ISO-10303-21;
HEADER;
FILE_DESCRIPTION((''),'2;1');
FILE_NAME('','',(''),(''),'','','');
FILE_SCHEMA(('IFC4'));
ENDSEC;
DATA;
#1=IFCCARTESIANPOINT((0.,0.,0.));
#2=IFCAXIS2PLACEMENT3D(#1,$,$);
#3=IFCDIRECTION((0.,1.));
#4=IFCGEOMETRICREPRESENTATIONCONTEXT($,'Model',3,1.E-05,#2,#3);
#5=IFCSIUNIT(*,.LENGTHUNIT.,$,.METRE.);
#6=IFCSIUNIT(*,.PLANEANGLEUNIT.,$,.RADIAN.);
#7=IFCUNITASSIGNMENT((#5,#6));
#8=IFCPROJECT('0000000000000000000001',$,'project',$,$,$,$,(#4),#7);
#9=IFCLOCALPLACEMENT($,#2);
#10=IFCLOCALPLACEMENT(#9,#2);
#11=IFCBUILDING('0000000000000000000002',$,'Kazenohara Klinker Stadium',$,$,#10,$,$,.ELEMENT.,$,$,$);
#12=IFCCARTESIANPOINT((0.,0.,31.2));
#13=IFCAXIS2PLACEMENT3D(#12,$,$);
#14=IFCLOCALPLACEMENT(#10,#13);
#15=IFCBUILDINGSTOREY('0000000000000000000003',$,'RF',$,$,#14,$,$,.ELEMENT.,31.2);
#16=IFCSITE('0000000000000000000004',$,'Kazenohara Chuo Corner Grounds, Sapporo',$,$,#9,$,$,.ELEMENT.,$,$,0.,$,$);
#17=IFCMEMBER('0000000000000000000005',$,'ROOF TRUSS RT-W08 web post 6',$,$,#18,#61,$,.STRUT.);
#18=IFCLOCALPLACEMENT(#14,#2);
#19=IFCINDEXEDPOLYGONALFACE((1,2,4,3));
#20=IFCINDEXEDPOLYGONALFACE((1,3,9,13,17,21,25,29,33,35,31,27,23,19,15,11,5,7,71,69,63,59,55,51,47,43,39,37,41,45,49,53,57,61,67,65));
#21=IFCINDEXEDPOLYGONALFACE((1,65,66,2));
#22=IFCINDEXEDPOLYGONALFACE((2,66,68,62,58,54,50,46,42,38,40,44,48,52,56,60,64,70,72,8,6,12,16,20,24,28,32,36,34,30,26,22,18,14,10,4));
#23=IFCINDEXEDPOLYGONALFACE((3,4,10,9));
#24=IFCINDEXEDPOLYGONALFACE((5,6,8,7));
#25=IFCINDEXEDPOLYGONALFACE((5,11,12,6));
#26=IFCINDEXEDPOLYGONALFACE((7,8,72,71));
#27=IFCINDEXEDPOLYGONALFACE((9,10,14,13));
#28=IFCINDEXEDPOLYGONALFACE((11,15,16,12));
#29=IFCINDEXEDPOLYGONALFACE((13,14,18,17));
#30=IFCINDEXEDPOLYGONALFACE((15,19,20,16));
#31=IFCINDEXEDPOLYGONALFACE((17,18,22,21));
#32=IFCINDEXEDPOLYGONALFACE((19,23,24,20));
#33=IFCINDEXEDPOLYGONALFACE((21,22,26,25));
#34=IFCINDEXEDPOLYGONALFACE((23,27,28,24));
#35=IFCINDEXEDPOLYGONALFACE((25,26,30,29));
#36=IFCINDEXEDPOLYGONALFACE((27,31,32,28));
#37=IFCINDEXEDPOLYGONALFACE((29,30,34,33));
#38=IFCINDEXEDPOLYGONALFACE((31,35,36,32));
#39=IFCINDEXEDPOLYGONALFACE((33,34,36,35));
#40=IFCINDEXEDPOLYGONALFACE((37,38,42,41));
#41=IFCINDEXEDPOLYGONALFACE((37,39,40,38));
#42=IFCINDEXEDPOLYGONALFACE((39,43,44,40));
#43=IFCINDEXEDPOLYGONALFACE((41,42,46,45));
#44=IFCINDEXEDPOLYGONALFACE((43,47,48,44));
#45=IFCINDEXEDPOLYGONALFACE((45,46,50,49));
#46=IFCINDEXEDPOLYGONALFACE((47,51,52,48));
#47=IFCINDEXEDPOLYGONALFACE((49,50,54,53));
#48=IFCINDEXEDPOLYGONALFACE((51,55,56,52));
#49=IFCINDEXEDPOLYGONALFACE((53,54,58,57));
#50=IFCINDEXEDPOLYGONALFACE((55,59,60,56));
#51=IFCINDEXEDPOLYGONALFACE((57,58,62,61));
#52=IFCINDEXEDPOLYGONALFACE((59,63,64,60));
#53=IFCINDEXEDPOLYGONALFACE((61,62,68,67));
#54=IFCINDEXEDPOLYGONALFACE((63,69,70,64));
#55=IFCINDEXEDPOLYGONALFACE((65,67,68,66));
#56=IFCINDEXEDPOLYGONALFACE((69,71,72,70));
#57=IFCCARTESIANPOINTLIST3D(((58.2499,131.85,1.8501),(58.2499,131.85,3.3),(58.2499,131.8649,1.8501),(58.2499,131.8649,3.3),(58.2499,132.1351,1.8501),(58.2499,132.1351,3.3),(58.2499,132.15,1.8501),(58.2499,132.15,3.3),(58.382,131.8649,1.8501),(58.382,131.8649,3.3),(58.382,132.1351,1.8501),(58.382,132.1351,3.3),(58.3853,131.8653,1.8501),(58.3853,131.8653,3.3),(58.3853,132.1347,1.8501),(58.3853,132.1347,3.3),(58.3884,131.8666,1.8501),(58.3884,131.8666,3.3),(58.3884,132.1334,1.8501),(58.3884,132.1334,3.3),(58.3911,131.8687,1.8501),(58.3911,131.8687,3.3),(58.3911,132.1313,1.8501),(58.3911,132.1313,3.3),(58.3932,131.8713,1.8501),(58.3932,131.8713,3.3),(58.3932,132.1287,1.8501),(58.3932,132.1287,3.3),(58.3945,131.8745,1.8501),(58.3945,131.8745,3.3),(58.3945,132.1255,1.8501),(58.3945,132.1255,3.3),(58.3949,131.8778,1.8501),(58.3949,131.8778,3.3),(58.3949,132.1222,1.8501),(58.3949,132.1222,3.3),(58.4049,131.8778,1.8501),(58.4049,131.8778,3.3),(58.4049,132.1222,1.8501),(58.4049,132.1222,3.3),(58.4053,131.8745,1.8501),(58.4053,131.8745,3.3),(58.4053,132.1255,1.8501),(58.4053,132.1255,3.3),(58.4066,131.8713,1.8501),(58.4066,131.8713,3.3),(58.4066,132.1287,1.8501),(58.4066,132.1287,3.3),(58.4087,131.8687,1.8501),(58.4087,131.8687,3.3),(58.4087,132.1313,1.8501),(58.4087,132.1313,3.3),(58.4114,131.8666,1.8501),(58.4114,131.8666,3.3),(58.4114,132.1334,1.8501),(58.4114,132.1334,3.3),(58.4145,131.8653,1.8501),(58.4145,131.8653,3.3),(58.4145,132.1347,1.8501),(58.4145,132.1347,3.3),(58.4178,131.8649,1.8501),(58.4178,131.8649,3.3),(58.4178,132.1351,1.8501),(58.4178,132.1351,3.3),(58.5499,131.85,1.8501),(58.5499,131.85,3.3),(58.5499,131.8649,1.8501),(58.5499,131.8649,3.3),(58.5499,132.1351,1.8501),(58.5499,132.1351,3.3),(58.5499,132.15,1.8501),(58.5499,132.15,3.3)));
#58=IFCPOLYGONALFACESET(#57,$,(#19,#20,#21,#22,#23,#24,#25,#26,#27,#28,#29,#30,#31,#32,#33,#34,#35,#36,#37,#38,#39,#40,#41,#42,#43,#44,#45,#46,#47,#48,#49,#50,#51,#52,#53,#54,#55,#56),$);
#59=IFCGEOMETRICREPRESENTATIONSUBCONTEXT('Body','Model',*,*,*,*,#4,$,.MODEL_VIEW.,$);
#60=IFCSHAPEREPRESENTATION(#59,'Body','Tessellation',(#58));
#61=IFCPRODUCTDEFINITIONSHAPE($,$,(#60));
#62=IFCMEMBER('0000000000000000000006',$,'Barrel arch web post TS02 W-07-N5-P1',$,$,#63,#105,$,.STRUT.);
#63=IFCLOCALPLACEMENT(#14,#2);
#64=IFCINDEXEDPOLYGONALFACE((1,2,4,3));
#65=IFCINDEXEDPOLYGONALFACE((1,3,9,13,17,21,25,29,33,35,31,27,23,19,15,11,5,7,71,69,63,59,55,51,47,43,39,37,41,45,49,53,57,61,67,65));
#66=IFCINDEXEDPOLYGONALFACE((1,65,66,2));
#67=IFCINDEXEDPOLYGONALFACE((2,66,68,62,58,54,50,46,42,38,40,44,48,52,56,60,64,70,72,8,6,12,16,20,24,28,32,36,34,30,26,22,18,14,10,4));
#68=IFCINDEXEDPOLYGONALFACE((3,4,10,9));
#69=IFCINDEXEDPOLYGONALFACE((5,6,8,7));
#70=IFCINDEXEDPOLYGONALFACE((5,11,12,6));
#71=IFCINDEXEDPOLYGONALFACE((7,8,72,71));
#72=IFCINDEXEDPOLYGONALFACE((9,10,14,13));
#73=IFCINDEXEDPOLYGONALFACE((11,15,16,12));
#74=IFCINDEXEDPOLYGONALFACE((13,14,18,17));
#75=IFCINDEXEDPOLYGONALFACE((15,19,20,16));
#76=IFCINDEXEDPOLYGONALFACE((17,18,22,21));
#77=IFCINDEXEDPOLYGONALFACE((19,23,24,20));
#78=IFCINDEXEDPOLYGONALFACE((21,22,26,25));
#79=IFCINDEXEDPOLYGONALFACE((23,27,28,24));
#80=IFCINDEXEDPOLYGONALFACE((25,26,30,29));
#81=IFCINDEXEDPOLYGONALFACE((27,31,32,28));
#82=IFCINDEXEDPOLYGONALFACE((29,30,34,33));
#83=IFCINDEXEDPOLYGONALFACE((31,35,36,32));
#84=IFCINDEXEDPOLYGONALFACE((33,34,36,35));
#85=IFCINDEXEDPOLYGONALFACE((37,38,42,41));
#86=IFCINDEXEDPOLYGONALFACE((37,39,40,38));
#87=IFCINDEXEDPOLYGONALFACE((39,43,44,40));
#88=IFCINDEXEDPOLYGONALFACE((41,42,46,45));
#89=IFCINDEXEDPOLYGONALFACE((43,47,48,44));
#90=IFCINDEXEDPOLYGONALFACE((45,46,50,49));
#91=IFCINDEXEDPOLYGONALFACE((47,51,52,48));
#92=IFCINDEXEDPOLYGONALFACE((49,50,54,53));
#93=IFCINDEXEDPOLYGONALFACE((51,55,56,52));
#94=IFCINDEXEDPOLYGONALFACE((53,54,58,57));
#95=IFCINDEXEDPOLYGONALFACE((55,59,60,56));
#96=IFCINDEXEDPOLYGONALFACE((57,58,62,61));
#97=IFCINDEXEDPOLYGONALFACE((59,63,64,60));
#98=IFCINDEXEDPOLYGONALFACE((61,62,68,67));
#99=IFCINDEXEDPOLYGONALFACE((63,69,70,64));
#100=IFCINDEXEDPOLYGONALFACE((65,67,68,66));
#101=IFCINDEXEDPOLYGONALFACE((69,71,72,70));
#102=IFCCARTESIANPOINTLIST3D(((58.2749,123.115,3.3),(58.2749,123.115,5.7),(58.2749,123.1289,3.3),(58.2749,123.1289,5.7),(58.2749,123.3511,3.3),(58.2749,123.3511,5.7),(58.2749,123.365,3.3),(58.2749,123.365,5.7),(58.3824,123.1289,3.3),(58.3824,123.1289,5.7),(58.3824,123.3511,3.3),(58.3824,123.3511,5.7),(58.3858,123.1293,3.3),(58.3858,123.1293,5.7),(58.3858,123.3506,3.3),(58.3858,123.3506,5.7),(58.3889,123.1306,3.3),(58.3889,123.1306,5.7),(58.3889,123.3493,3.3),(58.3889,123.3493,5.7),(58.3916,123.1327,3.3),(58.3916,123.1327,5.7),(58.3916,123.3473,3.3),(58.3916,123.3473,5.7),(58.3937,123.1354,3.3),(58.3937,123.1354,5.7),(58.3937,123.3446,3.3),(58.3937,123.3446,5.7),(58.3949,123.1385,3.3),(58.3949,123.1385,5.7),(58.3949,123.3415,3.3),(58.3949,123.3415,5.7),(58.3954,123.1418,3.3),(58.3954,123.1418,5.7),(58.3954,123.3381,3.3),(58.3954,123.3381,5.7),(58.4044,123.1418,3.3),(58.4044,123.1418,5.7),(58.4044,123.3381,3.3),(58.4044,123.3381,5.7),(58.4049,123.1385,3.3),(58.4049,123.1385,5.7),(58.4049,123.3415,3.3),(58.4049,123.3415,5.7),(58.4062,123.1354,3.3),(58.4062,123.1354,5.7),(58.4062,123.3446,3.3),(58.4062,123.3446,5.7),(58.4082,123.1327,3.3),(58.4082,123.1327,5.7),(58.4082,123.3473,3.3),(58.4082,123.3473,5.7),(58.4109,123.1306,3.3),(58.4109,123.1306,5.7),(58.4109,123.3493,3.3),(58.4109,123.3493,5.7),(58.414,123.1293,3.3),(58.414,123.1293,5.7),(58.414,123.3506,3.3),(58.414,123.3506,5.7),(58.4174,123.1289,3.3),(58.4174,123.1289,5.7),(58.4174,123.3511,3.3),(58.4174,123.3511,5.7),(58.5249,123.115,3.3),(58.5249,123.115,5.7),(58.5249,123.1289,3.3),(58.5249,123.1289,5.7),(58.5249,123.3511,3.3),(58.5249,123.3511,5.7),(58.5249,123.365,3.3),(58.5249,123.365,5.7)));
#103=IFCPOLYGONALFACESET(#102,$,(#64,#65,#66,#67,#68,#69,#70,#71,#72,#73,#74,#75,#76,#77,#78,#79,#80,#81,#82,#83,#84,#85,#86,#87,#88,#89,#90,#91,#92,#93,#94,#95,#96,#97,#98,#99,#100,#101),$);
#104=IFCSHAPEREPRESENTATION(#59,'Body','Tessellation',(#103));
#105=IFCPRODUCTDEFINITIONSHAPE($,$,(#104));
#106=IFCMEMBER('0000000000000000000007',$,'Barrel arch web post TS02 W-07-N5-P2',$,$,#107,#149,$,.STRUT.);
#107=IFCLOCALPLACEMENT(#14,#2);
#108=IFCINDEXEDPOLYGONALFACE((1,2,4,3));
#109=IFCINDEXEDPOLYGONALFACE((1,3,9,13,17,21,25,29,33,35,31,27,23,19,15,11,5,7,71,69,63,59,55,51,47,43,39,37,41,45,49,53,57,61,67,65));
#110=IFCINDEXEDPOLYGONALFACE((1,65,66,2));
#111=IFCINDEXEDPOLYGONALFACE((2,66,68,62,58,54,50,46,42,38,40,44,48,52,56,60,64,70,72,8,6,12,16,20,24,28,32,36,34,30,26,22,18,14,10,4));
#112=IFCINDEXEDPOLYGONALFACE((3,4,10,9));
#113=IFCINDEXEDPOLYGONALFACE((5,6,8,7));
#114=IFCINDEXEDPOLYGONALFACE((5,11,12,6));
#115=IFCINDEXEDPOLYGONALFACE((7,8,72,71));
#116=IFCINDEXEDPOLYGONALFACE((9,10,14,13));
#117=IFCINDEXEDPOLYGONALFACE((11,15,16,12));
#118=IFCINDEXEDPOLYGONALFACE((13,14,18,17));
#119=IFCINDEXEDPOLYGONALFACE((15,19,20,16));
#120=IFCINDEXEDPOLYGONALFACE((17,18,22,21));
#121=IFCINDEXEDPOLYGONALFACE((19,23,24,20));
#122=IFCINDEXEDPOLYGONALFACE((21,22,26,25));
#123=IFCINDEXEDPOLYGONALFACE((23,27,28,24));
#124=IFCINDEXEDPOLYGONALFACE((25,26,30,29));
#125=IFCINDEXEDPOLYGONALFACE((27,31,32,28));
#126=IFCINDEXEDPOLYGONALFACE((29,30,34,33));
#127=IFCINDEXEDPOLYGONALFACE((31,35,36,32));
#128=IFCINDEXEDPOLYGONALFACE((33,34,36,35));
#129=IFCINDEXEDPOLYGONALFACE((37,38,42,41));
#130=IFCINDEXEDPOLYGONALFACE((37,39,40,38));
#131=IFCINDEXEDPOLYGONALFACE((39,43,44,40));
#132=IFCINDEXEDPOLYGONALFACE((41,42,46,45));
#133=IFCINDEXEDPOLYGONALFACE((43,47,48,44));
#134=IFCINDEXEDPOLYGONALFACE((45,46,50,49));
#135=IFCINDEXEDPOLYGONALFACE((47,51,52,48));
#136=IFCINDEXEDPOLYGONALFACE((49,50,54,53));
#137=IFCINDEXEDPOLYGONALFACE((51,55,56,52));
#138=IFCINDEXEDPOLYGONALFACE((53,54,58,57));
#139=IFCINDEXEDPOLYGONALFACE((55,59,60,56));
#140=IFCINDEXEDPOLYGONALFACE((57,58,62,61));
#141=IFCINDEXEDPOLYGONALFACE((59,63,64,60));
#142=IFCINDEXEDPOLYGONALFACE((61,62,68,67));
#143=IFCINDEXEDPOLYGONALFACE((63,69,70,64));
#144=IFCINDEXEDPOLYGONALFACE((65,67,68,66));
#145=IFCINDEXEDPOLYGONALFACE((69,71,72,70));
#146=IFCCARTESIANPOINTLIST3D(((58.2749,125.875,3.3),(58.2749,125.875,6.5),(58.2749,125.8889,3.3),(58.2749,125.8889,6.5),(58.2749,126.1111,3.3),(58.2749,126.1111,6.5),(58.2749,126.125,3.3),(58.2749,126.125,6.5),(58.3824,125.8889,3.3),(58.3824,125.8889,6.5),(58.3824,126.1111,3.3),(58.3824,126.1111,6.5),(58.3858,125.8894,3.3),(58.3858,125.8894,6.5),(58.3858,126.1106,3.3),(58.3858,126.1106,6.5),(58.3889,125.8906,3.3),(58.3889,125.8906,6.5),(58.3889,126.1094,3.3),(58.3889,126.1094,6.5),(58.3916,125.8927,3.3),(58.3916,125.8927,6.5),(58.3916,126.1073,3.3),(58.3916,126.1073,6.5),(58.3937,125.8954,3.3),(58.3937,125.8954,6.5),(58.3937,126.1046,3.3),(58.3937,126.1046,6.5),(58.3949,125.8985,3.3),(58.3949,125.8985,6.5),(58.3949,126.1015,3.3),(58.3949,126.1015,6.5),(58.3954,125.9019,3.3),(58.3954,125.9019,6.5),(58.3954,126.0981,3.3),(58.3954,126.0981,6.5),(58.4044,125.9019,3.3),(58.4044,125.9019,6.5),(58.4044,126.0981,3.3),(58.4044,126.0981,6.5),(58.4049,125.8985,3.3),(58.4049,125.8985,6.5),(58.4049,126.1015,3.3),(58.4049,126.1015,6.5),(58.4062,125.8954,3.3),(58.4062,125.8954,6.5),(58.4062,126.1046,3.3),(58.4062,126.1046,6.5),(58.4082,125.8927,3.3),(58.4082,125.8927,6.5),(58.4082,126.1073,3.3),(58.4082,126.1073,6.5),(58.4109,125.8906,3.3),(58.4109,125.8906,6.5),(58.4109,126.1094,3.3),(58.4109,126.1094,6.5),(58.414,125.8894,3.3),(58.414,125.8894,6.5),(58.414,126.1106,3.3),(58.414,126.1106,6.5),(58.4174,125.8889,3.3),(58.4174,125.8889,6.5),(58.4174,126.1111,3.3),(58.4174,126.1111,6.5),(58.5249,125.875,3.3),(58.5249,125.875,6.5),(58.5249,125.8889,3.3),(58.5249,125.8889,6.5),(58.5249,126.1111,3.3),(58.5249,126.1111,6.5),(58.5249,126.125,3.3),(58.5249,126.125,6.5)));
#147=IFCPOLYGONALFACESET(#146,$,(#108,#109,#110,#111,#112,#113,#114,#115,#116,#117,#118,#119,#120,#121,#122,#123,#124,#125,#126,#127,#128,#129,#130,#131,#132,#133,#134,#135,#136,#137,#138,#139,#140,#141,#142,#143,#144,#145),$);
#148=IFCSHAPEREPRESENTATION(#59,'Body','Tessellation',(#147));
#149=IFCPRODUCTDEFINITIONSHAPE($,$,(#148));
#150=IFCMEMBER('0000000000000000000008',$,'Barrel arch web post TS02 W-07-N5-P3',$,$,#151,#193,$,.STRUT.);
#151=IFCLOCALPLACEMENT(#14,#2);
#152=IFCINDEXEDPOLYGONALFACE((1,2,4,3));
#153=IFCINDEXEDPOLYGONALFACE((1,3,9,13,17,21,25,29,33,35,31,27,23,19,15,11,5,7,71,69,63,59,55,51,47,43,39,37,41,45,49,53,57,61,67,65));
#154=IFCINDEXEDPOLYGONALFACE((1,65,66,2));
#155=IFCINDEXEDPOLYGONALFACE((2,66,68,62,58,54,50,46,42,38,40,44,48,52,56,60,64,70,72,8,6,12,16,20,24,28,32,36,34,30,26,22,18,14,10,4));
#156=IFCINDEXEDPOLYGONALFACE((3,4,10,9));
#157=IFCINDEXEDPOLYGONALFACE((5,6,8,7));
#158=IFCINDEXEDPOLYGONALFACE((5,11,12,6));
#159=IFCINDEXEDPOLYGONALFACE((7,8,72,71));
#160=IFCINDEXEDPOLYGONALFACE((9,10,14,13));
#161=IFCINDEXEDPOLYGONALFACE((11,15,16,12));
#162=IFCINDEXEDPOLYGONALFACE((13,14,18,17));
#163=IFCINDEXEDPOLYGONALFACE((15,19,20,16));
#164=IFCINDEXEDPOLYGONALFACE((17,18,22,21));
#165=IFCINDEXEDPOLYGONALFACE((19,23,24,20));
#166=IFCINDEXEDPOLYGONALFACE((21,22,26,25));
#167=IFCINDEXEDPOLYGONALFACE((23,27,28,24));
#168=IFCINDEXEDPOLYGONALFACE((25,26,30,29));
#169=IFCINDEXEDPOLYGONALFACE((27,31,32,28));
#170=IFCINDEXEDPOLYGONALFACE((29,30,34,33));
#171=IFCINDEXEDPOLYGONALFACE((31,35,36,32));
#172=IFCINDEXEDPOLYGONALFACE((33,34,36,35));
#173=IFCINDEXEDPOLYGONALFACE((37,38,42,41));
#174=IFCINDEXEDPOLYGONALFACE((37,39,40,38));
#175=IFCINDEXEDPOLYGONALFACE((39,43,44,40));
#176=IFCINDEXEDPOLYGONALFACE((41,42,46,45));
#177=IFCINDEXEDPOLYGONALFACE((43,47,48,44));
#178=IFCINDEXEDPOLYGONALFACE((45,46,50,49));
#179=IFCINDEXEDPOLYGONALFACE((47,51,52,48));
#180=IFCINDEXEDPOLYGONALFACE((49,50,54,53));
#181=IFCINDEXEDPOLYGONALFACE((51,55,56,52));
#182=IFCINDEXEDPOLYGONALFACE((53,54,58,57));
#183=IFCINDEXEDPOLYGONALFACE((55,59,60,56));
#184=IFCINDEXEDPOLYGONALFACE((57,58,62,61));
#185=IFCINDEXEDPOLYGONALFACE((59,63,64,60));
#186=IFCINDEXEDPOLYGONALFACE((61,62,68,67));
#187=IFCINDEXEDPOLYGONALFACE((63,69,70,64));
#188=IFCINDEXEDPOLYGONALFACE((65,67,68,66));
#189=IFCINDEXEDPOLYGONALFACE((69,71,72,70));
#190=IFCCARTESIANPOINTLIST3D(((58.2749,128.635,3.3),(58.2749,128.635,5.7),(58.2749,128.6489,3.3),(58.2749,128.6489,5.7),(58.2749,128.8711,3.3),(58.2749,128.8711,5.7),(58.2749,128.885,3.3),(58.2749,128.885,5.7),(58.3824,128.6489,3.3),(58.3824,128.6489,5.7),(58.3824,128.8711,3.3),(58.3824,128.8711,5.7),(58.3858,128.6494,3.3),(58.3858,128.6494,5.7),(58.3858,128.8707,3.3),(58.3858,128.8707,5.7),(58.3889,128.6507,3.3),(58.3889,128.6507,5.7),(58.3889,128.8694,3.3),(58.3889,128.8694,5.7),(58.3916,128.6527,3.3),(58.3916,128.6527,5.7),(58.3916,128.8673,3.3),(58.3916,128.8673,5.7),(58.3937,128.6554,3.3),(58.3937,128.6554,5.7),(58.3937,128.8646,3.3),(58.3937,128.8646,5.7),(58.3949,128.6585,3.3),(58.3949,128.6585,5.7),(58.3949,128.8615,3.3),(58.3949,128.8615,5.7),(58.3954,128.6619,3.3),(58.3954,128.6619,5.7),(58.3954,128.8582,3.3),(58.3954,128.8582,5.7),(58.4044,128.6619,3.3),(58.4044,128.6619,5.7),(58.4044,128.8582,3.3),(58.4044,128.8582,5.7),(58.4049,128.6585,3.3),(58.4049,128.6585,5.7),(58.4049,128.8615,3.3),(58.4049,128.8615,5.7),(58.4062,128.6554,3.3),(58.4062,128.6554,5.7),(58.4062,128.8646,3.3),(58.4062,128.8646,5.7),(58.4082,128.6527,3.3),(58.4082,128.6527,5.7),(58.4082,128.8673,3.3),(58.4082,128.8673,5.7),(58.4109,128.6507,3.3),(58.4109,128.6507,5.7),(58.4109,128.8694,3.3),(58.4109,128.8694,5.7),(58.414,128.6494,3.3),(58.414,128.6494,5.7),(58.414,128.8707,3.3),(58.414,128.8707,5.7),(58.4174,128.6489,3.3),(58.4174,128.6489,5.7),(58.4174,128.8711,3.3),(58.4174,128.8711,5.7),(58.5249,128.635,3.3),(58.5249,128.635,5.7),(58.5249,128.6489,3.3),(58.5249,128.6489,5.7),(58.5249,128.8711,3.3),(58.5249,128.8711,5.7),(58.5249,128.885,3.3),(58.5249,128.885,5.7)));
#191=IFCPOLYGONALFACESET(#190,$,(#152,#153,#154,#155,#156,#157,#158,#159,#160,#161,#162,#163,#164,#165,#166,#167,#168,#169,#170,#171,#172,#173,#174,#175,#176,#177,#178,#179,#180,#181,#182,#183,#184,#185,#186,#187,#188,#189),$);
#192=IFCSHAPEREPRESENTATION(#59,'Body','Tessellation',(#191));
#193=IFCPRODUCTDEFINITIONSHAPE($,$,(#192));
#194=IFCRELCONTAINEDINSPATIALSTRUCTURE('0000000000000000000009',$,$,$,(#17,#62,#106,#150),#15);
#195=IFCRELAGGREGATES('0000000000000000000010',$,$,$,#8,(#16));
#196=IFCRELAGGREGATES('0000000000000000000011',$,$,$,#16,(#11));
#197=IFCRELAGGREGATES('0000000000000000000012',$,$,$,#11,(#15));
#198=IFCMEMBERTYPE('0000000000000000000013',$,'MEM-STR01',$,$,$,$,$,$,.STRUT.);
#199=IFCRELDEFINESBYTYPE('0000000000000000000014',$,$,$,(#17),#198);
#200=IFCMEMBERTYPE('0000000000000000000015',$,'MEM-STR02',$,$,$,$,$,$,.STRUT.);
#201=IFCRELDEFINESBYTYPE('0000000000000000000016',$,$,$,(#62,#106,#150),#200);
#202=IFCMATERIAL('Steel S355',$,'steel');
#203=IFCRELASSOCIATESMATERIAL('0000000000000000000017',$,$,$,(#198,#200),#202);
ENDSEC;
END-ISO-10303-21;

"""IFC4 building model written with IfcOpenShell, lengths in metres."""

from ifc_helpers import new_model, si_unit, direction, frame, origin, origin_2d, place, context, subcontext, project, spatial, i_section, extrude, material, material_profile, profile_set, type_object, element, save


model = new_model("IFC4")

# Units and contexts
model_context = context("Model", 3, precision=1e-05, world=origin(), true_north=direction((0.0, 1.0)))
body_context = subcontext(model_context, "Body", "Model", "MODEL_VIEW")
ifc_project = project(units=[si_unit("LENGTHUNIT", "METRE"), si_unit("PLANEANGLEUNIT", "RADIAN")], contexts=[model_context])

# Site, building, storey
site_placement = place(None, origin())
site = spatial("IfcSite", under=ifc_project, at=site_placement, Name="Kazenohara Chuo Corner Grounds, Sapporo", CompositionType="ELEMENT", RefElevation=0.0)
building_placement = place(site_placement, origin())
building = spatial("IfcBuilding", under=site, at=building_placement, Name="Kazenohara Klinker Stadium", CompositionType="ELEMENT")
storey_placement = place(building_placement, frame((0.0, 0.0, 31.2)))
storey = spatial("IfcBuildingStorey", under=building, at=storey_placement, Name="RF", CompositionType="ELEMENT", Elevation=31.2)

# Members
ifc_material = material(Name="Steel S355", Category="steel")
ifc_material_profile_1 = material_profile(ifc_material, i_section(OverallWidth=0.3, OverallDepth=0.3, WebThickness=0.01, FlangeThickness=0.0149, FilletRadius=0.0129, at=origin_2d()), Name="H-300x300x10x15")
ifc_profile_set_1 = profile_set([ifc_material_profile_1], Name="Steel S355")
member_type_1 = type_object("IfcMemberType", Name="MEM-STR01", PredefinedType="STRUT", material=ifc_profile_set_1)
for number, where, z_axis, x_axis, name in (
    (1, (58.3999, 132.0, 1.8501), (0.0, 0.0, 1.0), (1.0, 0.0, 0.0), "ROOF TRUSS RT-W08 web post 6"),
):
    element("IfcMember", number, at=place(storey_placement, frame(where, z_axis=z_axis, x_axis=x_axis)), inside=storey, type_object=member_type_1, Name=name, PredefinedType="STRUT", context=body_context, shape_type="SweptSolid", body=[
        extrude(i_section(OverallWidth=0.3, OverallDepth=0.3, WebThickness=0.01, FlangeThickness=0.0149, FilletRadius=0.0129, at=origin_2d()), origin(), (0.0, 0.0, 1.0), 1.45),
    ])
ifc_material_profile_2 = material_profile(ifc_material, i_section(OverallWidth=0.25, OverallDepth=0.25, WebThickness=0.009, FlangeThickness=0.0139, FilletRadius=0.0129, at=origin_2d()), Name="H-250x250x9x14")
ifc_profile_set_2 = profile_set([ifc_material_profile_2], Name="Steel S355")
member_type_2 = type_object("IfcMemberType", Name="MEM-STR02", PredefinedType="STRUT", material=ifc_profile_set_2)
member_1_placement = place(storey_placement, frame((58.3999, 123.24, 3.3), z_axis=(0.0, 0.0, 1.0), x_axis=(1.0, 0.0, 0.0)))
element("IfcMember", 2, at=member_1_placement, inside=storey, type_object=member_type_2, Name="Barrel arch web post TS02 W-07-N5-P1", PredefinedType="STRUT", context=body_context, shape_type="SweptSolid", body=[
    extrude(i_section(OverallWidth=0.25, OverallDepth=0.25, WebThickness=0.009, FlangeThickness=0.0139, FilletRadius=0.0129, at=origin_2d()), origin(), (0.0, 0.0, 1.0), 2.3999),
])
member_2_placement = place(storey_placement, frame((58.3999, 126.0, 3.3), z_axis=(0.0, 0.0, 1.0), x_axis=(1.0, 0.0, 0.0)))
element("IfcMember", 3, at=member_2_placement, inside=storey, type_object=member_type_2, Name="Barrel arch web post TS02 W-07-N5-P2", PredefinedType="STRUT", context=body_context, shape_type="SweptSolid", body=[
    extrude(i_section(OverallWidth=0.25, OverallDepth=0.25, WebThickness=0.009, FlangeThickness=0.0139, FilletRadius=0.0129, at=origin_2d()), origin(), (0.0, 0.0, 1.0), 3.2),
])
member_3_placement = place(storey_placement, frame((58.3999, 128.76, 3.3), z_axis=(0.0, 0.0, 1.0), x_axis=(1.0, 0.0, 0.0)))
element("IfcMember", 4, at=member_3_placement, inside=storey, type_object=member_type_2, Name="Barrel arch web post TS02 W-07-N5-P3", PredefinedType="STRUT", context=body_context, shape_type="SweptSolid", body=[
    extrude(i_section(OverallWidth=0.25, OverallDepth=0.25, WebThickness=0.009, FlangeThickness=0.0139, FilletRadius=0.0129, at=origin_2d()), origin(), (0.0, 0.0, 1.0), 2.3999),
])

save(model, "model.ifc")
